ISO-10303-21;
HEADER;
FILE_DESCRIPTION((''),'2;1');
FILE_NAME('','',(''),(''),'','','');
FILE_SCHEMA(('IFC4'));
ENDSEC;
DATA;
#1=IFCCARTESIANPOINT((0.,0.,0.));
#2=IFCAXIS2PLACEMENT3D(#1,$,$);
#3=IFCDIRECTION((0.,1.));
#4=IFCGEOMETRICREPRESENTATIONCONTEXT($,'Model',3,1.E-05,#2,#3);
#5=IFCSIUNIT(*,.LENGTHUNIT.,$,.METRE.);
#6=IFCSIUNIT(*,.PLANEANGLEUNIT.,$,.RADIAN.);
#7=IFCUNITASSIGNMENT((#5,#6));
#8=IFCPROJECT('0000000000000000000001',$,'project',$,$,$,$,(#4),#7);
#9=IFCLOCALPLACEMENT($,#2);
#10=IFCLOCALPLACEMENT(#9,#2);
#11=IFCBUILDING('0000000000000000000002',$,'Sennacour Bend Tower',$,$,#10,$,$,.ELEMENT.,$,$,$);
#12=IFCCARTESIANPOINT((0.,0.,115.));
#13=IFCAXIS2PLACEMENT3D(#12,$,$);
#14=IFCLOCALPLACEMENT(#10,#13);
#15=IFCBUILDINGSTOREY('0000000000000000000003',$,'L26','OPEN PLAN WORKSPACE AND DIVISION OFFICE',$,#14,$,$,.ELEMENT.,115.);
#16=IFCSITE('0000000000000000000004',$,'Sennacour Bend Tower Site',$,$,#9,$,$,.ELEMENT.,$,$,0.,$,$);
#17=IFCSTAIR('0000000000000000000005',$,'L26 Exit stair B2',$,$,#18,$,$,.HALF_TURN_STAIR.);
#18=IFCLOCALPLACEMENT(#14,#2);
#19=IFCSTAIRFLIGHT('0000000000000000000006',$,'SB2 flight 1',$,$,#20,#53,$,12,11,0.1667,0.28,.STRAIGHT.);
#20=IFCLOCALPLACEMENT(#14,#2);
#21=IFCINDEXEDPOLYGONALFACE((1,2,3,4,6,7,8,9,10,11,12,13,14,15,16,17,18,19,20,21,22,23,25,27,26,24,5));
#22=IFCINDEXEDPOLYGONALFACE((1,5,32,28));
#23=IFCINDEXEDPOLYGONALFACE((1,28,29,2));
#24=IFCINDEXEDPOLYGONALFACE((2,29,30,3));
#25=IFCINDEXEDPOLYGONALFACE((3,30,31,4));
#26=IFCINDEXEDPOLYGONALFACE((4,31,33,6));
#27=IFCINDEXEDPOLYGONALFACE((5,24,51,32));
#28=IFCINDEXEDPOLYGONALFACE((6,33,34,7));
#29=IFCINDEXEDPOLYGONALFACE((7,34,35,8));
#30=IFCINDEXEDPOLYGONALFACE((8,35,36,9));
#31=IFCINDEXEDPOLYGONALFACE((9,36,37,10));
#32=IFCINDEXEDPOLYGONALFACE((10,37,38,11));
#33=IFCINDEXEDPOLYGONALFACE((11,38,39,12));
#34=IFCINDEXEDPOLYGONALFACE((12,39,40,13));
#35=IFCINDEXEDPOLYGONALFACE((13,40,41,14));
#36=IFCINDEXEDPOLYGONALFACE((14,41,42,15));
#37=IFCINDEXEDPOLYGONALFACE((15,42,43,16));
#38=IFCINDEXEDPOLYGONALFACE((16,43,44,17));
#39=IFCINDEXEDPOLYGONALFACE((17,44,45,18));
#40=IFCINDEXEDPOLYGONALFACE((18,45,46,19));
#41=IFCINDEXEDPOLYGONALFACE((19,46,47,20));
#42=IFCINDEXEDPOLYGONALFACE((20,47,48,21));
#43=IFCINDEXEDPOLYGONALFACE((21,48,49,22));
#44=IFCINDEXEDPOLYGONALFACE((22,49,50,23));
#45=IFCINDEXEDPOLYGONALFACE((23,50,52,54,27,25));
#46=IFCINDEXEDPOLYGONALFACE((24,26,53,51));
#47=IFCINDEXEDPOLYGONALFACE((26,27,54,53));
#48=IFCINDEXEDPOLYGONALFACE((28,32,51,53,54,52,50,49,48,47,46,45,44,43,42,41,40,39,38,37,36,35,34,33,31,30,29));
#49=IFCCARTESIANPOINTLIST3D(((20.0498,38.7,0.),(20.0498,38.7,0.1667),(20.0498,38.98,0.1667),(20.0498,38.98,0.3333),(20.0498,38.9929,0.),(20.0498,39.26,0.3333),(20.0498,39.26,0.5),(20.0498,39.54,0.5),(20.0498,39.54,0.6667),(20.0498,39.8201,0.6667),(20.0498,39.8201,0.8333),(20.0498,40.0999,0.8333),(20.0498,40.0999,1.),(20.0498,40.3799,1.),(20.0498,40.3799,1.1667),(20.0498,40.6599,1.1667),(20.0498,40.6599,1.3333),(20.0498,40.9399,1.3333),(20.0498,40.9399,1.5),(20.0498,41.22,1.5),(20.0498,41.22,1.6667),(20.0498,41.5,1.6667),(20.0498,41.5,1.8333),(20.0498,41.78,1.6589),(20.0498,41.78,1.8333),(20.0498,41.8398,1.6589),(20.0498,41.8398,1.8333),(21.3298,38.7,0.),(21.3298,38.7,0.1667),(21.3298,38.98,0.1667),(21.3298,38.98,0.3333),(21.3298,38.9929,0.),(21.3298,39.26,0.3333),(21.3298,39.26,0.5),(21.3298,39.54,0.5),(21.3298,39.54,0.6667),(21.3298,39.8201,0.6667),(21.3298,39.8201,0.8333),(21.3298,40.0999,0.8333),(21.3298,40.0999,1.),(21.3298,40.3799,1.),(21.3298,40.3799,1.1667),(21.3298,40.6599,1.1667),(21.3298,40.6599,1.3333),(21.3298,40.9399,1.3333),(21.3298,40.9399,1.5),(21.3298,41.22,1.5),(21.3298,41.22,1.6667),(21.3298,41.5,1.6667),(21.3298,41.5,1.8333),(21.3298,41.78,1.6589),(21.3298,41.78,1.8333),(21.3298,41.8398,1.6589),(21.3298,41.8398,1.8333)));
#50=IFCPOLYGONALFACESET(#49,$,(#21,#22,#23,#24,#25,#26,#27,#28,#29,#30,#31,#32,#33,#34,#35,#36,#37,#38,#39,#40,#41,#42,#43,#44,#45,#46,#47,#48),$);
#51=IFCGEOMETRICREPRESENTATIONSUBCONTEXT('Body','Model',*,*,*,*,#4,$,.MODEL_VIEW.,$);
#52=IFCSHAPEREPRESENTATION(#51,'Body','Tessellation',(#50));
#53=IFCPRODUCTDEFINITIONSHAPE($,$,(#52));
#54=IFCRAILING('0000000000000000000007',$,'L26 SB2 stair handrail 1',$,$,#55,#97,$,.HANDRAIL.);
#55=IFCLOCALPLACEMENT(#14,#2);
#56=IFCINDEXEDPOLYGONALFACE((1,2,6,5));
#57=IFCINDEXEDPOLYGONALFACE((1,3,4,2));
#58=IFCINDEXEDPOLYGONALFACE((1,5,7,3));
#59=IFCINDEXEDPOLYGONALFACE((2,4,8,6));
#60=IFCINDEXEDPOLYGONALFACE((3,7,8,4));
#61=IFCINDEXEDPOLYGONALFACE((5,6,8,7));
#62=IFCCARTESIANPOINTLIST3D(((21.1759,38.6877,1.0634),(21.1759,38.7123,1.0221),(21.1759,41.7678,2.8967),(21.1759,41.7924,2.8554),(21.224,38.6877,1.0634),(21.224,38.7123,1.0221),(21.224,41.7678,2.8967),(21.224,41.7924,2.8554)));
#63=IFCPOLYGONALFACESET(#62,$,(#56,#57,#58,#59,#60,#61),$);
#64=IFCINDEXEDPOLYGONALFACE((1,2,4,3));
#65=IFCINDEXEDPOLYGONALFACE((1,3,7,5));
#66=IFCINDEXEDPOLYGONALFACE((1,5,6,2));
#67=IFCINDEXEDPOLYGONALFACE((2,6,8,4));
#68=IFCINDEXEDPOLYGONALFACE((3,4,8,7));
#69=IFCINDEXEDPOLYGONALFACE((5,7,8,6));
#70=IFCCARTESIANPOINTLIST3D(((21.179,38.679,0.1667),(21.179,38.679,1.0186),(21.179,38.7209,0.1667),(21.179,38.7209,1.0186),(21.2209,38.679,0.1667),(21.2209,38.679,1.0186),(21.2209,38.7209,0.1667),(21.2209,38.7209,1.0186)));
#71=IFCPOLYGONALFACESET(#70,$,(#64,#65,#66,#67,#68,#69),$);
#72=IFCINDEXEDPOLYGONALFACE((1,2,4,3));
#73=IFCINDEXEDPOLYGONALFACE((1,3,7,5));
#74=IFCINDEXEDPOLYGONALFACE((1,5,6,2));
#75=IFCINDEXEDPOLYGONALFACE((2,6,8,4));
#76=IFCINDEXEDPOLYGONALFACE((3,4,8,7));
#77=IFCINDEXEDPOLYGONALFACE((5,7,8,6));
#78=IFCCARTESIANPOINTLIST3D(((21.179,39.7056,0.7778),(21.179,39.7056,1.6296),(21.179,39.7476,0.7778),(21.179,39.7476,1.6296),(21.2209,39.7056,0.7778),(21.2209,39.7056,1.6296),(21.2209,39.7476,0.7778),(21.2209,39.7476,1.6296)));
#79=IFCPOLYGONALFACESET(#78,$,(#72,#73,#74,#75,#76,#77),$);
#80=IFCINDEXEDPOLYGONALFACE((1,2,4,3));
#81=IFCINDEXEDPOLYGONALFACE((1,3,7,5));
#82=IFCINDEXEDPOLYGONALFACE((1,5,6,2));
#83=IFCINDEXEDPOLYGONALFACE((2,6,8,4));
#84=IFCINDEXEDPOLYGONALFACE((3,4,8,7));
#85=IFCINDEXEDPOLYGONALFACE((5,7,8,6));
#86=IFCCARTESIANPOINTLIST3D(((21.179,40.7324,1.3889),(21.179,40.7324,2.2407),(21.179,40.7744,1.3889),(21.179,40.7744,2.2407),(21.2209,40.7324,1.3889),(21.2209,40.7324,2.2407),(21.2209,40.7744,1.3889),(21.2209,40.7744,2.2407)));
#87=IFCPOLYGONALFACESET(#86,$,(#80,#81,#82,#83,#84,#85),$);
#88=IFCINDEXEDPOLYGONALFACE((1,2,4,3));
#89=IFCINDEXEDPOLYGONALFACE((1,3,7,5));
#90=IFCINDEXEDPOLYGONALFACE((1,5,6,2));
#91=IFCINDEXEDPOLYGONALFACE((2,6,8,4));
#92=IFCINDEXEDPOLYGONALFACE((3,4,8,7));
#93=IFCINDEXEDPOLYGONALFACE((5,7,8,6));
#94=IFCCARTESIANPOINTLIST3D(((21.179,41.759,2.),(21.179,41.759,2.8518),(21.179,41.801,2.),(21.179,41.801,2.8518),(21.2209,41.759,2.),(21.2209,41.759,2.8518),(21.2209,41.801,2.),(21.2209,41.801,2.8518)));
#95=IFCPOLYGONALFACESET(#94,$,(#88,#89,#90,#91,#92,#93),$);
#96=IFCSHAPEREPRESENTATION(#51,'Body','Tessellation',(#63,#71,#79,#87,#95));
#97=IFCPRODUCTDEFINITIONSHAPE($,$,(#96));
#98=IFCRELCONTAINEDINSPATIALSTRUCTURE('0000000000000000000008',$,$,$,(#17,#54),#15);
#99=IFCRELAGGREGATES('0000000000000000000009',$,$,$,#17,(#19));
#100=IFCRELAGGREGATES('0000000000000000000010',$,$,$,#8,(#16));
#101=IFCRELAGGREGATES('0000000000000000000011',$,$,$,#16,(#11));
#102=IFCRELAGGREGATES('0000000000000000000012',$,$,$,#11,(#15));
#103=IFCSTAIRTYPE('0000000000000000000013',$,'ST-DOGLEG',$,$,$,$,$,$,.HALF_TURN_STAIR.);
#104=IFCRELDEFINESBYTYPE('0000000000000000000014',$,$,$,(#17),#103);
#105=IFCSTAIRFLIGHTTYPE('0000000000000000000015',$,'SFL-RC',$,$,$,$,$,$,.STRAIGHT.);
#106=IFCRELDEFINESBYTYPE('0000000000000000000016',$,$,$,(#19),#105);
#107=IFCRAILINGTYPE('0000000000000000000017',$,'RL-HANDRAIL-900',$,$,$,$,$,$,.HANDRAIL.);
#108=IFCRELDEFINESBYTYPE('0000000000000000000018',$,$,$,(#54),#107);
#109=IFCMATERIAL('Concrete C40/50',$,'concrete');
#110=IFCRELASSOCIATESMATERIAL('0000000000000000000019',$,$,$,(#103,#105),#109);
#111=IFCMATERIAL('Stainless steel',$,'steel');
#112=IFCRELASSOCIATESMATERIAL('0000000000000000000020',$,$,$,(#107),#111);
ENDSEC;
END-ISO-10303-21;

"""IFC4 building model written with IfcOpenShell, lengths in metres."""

from ifc_helpers import new_model, si_unit, direction, frame, origin, origin_2d, place, context, subcontext, project, spatial, polyline, rectangle, outline, extrude, material, type_object, element, aggregate, save


model = new_model("IFC4")

# Units and contexts
model_context = context("Model", 3, precision=1e-05, world=origin(), true_north=direction((0.0, 1.0)))
body_context = subcontext(model_context, "Body", "Model", "MODEL_VIEW")
ifc_project = project(units=[si_unit("LENGTHUNIT", "METRE"), si_unit("PLANEANGLEUNIT", "RADIAN")], contexts=[model_context])

# Site, building, storey
site_placement = place(None, origin())
site = spatial("IfcSite", under=ifc_project, at=site_placement, Name="Sennacour Bend Tower Site", CompositionType="ELEMENT", RefElevation=0.0)
building_placement = place(site_placement, origin())
building = spatial("IfcBuilding", under=site, at=building_placement, Name="Sennacour Bend Tower", CompositionType="ELEMENT")
storey_placement = place(building_placement, frame((0.0, 0.0, 115.0)))
storey = spatial("IfcBuildingStorey", under=building, at=storey_placement, Name="L26", Description="OPEN PLAN WORKSPACE AND DIVISION OFFICE", CompositionType="ELEMENT", Elevation=115.0)

# Stair, stair flight
ifc_material_1 = material(Name="Concrete C40/50", Category="concrete")
stair_type = type_object("IfcStairType", Name="ST-DOGLEG", PredefinedType="HALF_TURN_STAIR", material=ifc_material_1)
stair_placement = place(storey_placement, origin())
stair = element("IfcStair", 1, at=stair_placement, inside=storey, type_object=stair_type, Name="L26 Exit stair B2", PredefinedType="HALF_TURN_STAIR")
stair_flight_type = type_object("IfcStairFlightType", Name="SFL-RC", PredefinedType="STRAIGHT", material=ifc_material_1)
stair_flight_placement = place(storey_placement, frame((20.6899, 38.7, 0.0), z_axis=(0.0, 0.0, 1.0), x_axis=(0.0, 1.0, 0.0)))
stair_flight = element("IfcStairFlight", 2, at=stair_flight_placement, type_object=stair_flight_type, Name="SB2 flight 1", NumberOfRisers=12, NumberOfTreads=11, PredefinedType="STRAIGHT", RiserHeight=0.1667, TreadLength=0.28, context=body_context, shape_type="SweptSolid", body=[
    extrude(outline(polyline([(0.0, 0.0), (0.0, 0.1667), (0.28, 0.1667), (0.28, 0.3333), (0.5601, 0.3333), (0.5601, 0.5), (0.8401, 0.5), (0.8401, 0.6667), (1.1201, 0.6667), (1.1201, 0.8333), (1.3999, 0.8333), (1.3999, 1.0), (1.6799, 1.0), (1.6799, 1.1667), (1.96, 1.1667), (1.96, 1.3333), (2.24, 1.3333), (2.24, 1.5), (2.52, 1.5), (2.52, 1.6667), (2.8, 1.6667), (2.8, 1.8333), (3.0801, 1.8333), (3.1399, 1.8333), (3.1399, 1.6589), (3.0801, 1.6589), (0.293, 0.0), (0.0, 0.0)])), frame((0.0, 0.6401, 0.0), z_axis=(0.0, -1.0, 0.0), x_axis=(1.0, 0.0, 0.0)), (0.0, 0.0, 1.0), 1.28),
])
aggregate(stair, [stair_flight])

# Railing
ifc_material_2 = material(Name="Stainless steel", Category="steel")
railing_type = type_object("IfcRailingType", Name="RL-HANDRAIL-900", PredefinedType="HANDRAIL", material=ifc_material_2)
railing_placement = place(storey_placement, frame((21.2, 38.7, 0.1667)))
element("IfcRailing", 3, at=railing_placement, inside=storey, type_object=railing_type, Name="L26 SB2 stair handrail 1", PredefinedType="HANDRAIL", context=body_context, shape_type="SweptSolid", body=[
    extrude(rectangle(XDim=0.0481, YDim=0.0481, at=origin_2d()), frame((0.0, 0.0, 0.876), z_axis=(0.0, 0.859309, 0.511458), x_axis=(-1.0, 0.0, 0.0)), (0.0, 0.0, 1.0), 3.5845),
    extrude(rectangle(XDim=0.042, YDim=0.042, at=origin_2d()), origin(), (0.0, 0.0, 1.0), 0.8518),
    extrude(rectangle(XDim=0.042, YDim=0.042, at=origin_2d()), frame((0.0, 1.0266, 0.6111)), (0.0, 0.0, 1.0), 0.8518),
    extrude(rectangle(XDim=0.042, YDim=0.042, at=origin_2d()), frame((0.0, 2.0535, 1.2222)), (0.0, 0.0, 1.0), 0.8518),
    extrude(rectangle(XDim=0.042, YDim=0.042, at=origin_2d()), frame((0.0, 3.0801, 1.8333)), (0.0, 0.0, 1.0), 0.8518),
])

save(model, "model.ifc")
